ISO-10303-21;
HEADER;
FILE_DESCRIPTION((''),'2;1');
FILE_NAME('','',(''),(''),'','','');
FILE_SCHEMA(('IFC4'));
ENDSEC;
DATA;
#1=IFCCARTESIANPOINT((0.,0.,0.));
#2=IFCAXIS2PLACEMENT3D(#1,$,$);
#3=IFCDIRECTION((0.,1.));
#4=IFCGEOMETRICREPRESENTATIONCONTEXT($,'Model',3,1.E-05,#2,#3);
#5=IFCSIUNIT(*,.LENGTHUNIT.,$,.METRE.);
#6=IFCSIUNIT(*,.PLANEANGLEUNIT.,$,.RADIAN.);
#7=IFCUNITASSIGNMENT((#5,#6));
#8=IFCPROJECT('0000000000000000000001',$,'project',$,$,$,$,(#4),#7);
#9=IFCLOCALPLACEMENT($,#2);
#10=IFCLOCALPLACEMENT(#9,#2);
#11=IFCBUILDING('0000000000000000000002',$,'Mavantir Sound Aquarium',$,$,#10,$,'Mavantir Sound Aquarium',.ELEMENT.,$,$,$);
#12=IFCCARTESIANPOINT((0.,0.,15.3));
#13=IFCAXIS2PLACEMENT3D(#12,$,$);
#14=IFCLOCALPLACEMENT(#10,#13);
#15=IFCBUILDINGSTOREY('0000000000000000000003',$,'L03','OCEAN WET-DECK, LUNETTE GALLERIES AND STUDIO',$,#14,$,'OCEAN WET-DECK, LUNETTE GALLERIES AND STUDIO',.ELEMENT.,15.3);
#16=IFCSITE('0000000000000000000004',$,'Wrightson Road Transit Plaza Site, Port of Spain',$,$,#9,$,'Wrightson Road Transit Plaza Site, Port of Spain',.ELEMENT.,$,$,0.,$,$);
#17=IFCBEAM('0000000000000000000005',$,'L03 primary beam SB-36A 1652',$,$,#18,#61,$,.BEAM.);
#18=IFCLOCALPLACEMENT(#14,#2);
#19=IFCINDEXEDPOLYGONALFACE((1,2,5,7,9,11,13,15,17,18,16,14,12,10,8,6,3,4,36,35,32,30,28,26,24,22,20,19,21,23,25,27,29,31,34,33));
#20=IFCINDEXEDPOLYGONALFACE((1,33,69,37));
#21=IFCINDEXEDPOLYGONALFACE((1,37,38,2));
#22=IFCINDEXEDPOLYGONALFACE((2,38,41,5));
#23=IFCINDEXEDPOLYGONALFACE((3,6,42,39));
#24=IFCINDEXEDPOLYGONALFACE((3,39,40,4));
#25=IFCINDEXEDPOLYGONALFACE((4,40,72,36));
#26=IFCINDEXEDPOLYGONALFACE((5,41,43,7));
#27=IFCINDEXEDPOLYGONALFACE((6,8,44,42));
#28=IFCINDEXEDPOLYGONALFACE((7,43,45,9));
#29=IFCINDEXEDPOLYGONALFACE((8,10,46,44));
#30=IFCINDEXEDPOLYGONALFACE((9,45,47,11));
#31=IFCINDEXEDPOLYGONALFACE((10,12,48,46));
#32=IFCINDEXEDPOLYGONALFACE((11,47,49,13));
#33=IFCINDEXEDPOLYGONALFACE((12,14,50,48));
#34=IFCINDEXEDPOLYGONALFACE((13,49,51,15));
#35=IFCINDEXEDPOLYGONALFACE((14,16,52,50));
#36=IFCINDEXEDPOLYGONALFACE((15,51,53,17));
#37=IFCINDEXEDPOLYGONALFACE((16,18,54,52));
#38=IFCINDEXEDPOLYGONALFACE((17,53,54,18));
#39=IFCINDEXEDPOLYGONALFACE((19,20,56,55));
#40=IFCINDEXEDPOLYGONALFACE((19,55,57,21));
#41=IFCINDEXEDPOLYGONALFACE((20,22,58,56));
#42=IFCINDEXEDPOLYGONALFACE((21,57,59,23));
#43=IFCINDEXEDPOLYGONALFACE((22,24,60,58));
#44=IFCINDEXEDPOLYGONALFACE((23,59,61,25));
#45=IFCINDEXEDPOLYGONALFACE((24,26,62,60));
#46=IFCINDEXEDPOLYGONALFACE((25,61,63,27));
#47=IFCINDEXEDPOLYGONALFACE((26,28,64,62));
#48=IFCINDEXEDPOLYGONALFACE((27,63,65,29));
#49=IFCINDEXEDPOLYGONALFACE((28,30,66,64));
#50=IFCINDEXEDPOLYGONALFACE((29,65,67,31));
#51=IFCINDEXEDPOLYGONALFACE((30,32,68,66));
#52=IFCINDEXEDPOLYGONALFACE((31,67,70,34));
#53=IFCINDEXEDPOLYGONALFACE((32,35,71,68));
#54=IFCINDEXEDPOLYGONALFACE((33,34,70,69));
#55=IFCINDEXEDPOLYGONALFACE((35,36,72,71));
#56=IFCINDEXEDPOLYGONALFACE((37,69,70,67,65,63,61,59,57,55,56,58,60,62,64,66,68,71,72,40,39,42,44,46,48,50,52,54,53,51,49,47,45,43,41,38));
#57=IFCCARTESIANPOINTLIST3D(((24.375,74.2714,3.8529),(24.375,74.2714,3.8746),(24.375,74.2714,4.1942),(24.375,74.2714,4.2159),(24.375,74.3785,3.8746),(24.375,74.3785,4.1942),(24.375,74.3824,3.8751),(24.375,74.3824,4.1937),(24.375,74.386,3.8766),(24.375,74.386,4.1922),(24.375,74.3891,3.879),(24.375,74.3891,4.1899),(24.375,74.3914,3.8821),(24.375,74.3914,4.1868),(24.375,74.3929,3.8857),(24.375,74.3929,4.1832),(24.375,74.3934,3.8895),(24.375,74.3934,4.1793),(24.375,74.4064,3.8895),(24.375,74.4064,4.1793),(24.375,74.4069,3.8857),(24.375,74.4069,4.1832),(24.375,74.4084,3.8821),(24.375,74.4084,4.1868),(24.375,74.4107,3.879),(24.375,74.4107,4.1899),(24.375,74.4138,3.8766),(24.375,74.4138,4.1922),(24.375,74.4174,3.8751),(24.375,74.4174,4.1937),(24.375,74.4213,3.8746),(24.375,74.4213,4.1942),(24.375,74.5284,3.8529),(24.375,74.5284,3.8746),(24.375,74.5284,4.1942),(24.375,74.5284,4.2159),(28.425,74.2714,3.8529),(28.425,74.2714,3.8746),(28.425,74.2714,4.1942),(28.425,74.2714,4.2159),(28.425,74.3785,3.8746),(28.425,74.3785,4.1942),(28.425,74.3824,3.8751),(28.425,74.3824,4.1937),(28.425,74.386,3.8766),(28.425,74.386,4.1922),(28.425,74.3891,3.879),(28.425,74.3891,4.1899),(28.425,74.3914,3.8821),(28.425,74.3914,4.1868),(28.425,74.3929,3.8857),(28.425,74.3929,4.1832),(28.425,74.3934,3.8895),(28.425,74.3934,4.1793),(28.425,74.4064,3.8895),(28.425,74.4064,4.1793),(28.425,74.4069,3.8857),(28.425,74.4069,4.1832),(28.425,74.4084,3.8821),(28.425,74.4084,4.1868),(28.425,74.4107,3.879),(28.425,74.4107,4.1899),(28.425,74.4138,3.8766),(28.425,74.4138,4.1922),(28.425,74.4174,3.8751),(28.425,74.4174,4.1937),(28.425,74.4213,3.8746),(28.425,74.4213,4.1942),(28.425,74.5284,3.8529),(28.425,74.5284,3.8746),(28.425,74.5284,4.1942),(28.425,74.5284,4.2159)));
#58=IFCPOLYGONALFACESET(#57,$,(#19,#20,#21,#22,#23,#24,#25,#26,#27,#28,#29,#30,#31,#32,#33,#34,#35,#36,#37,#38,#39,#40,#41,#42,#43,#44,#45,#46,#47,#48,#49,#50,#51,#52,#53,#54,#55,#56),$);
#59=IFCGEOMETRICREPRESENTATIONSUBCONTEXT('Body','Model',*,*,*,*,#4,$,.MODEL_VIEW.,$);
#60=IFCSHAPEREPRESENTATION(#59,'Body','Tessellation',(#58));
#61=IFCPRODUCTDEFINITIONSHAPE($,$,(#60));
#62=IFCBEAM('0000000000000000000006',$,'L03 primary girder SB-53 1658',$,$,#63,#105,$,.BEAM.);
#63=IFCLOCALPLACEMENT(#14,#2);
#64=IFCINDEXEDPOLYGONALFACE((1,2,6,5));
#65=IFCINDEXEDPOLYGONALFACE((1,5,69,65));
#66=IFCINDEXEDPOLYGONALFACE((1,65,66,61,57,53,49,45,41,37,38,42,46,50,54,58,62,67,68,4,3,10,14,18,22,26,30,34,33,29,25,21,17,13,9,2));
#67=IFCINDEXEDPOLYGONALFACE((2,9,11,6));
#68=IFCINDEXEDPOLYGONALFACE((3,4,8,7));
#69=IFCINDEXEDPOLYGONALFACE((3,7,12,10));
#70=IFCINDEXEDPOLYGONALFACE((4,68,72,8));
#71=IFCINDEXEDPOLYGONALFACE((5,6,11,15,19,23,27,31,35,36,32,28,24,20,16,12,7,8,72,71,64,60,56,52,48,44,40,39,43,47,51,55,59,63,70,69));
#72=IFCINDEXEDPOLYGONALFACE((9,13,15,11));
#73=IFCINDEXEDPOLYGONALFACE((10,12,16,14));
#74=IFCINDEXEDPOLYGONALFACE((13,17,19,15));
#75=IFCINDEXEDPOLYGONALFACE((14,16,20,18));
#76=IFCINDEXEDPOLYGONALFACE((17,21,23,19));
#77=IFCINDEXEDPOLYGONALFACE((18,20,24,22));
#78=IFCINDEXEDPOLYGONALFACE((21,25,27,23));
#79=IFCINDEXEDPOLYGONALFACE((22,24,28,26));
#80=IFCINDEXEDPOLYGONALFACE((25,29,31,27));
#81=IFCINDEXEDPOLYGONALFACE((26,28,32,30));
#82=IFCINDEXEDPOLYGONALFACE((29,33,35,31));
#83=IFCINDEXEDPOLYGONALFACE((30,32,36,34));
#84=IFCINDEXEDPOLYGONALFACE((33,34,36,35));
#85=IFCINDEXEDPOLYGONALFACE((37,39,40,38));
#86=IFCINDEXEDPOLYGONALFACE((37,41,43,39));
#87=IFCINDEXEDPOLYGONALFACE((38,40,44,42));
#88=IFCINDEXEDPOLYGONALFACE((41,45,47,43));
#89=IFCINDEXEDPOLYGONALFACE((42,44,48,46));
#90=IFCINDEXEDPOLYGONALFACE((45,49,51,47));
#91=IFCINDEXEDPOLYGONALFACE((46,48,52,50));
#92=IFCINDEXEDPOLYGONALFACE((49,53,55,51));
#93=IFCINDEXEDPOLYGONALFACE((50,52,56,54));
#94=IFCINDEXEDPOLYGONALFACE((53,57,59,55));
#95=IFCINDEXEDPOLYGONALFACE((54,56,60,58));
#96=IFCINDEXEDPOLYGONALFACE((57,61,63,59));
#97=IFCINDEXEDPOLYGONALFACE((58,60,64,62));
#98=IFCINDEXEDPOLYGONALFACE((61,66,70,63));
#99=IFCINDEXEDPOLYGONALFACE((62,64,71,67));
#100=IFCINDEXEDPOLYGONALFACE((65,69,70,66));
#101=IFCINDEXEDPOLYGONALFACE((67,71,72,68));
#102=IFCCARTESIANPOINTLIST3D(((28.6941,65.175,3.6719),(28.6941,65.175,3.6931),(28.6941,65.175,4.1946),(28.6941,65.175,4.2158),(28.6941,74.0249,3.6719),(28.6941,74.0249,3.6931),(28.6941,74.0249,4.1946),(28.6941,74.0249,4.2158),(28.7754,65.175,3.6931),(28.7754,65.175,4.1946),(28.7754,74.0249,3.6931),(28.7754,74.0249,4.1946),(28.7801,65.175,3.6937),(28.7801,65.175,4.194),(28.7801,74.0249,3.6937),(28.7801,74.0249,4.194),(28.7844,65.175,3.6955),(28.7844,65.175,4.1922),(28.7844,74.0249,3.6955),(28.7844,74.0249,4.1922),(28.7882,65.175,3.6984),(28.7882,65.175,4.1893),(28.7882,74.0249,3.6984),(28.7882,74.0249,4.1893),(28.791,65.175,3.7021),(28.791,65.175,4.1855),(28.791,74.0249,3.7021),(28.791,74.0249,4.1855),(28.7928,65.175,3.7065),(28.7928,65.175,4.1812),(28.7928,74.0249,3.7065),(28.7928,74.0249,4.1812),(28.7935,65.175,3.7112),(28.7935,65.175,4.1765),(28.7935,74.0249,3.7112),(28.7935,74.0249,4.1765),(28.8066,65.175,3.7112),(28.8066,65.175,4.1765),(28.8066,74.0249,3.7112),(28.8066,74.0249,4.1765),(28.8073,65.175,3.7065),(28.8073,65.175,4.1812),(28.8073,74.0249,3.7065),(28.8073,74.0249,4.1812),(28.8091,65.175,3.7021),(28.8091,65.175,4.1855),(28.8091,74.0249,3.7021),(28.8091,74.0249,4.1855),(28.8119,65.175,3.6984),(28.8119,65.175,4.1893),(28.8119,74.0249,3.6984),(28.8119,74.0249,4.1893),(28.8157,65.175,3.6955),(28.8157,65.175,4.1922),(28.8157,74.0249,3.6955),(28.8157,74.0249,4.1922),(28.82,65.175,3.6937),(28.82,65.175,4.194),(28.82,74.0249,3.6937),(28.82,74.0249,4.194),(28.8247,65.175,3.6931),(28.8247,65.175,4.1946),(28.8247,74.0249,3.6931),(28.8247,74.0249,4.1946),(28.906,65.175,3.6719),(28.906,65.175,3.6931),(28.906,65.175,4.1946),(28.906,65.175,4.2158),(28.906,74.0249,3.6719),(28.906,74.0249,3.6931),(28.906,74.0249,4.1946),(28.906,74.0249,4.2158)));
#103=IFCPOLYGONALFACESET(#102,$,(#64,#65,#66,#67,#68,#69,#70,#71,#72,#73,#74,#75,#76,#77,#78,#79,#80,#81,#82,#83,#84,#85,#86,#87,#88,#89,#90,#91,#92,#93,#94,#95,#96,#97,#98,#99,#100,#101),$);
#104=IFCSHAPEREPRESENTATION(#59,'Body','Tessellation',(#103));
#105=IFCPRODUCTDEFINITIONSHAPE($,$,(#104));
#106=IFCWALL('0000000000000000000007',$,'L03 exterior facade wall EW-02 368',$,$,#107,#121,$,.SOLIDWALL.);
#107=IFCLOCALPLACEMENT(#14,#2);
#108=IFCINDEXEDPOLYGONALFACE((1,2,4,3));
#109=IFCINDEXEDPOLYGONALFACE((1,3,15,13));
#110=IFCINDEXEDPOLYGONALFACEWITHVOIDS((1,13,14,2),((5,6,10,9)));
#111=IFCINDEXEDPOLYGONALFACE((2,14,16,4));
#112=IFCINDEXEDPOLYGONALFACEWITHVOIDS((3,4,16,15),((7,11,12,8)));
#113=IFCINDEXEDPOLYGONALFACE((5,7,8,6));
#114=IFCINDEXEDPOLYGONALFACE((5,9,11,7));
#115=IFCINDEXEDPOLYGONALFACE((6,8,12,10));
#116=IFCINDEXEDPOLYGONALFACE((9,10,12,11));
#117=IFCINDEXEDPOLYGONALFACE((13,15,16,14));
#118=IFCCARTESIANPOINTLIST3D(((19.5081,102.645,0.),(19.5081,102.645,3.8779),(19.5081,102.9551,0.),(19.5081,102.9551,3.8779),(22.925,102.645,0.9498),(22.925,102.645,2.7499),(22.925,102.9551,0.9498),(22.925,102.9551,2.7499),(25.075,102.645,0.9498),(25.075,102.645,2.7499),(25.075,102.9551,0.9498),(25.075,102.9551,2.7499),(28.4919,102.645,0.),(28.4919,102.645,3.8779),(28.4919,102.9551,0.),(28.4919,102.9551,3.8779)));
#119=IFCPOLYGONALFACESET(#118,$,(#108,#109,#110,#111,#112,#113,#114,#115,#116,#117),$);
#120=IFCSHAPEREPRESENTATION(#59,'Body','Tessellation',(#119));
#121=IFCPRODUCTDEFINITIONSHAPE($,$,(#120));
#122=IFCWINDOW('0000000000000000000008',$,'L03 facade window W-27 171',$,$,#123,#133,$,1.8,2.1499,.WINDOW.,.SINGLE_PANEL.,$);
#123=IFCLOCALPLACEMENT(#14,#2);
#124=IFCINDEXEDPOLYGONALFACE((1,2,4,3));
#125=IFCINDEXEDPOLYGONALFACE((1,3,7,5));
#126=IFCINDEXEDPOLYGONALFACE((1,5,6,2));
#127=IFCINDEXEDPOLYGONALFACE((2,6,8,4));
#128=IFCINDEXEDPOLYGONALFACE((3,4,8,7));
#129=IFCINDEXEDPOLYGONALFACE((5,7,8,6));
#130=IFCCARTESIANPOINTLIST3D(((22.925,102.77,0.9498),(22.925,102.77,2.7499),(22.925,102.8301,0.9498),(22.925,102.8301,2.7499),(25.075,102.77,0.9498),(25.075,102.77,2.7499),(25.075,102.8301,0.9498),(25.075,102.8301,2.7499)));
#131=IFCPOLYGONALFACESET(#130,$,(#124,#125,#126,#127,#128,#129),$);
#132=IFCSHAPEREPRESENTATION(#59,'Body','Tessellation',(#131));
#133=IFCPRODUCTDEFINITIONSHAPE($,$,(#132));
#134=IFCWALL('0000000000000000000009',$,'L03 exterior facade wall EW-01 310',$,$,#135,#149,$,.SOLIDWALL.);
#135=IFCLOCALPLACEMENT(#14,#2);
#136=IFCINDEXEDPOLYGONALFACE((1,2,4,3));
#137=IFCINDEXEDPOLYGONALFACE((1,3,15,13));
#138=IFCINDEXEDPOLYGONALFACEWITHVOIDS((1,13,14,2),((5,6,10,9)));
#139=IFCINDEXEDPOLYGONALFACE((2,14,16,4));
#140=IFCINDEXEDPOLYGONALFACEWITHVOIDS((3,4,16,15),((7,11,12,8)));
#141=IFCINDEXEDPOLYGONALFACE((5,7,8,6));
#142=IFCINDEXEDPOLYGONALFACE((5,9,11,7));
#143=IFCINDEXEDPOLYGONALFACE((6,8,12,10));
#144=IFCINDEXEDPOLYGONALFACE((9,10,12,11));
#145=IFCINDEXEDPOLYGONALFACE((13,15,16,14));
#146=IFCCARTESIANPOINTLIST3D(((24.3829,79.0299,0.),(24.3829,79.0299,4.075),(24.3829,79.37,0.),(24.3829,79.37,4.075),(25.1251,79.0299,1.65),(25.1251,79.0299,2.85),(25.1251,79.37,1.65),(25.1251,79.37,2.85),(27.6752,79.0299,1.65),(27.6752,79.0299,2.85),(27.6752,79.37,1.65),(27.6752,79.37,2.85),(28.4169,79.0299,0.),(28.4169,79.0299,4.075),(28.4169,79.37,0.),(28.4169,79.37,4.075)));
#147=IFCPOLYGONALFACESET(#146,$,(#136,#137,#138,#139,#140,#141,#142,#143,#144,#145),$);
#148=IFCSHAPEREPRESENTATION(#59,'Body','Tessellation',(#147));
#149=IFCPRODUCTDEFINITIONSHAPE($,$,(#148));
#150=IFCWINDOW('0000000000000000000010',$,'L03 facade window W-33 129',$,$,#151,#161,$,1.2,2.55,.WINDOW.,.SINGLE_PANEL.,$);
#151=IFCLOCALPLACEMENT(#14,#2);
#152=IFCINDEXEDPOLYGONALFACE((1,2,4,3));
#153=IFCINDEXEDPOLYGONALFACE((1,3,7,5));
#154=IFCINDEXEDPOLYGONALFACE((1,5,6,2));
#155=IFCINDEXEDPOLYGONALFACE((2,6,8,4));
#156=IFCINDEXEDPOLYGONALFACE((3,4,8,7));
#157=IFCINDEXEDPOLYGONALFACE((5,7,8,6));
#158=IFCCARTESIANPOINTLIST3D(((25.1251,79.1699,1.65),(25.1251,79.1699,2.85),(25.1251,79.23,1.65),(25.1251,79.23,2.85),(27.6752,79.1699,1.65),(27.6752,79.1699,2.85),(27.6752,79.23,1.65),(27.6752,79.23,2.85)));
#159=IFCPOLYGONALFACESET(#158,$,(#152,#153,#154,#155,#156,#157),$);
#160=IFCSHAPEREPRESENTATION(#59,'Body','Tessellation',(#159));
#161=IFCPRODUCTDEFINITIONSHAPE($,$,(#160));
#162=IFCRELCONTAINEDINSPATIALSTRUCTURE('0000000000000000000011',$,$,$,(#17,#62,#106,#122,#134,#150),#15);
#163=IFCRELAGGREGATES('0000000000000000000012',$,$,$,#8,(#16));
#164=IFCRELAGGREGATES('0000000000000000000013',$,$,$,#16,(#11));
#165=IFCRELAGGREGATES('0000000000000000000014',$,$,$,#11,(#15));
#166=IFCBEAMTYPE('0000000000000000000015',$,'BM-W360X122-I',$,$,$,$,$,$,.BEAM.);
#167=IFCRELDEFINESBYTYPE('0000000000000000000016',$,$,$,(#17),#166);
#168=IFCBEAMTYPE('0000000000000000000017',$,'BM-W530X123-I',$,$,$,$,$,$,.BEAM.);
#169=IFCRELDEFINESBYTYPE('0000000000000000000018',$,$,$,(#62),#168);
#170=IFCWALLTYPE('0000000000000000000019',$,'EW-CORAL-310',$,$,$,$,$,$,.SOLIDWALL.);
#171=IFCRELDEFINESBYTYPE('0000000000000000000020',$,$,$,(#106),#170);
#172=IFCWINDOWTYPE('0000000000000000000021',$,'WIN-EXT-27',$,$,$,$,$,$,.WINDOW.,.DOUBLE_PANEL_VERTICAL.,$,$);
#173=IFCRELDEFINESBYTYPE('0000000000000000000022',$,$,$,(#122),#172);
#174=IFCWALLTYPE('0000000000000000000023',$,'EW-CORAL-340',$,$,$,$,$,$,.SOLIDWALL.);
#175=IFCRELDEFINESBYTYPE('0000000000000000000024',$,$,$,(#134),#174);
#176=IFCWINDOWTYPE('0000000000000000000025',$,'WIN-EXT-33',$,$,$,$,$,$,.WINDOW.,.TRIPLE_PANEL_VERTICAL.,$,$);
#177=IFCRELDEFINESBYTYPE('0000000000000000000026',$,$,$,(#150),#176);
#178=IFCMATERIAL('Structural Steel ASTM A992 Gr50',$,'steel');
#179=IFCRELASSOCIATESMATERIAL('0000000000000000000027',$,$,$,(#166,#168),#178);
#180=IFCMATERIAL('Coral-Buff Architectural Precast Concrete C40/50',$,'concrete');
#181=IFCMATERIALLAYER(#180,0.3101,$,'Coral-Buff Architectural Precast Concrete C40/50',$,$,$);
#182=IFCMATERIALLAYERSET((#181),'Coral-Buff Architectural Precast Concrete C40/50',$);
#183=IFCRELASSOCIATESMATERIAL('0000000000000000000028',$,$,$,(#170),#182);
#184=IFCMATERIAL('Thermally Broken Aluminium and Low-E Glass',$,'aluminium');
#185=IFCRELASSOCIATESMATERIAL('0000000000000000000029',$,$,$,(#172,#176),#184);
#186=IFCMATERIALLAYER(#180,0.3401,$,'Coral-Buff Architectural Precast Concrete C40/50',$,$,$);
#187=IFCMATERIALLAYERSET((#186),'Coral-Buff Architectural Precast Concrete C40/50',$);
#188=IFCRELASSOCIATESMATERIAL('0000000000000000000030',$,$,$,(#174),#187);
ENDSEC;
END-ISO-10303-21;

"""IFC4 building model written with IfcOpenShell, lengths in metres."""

from ifc_helpers import new_model, si_unit, direction, frame, frame_2d, origin, origin_2d, place, context, subcontext, project, spatial, rectangle, i_section, extrude, material, layer, layer_set, material_profile, profile_set, type_object, element, fill, save


model = new_model("IFC4")

# Units and contexts
model_context = context("Model", 3, precision=1e-05, world=origin(), true_north=direction((0.0, 1.0)))
body_context = subcontext(model_context, "Body", "Model", "MODEL_VIEW")
ifc_project = project(units=[si_unit("LENGTHUNIT", "METRE"), si_unit("PLANEANGLEUNIT", "RADIAN")], contexts=[model_context])

# Site, building, storey
site_placement = place(None, origin())
site = spatial("IfcSite", under=ifc_project, at=site_placement, Name="Wrightson Road Transit Plaza Site, Port of Spain", LongName="Wrightson Road Transit Plaza Site, Port of Spain", CompositionType="ELEMENT", RefElevation=0.0)
building_placement = place(site_placement, origin())
building = spatial("IfcBuilding", under=site, at=building_placement, Name="Mavantir Sound Aquarium", LongName="Mavantir Sound Aquarium", CompositionType="ELEMENT")
storey_placement = place(building_placement, frame((0.0, 0.0, 15.3)))
storey = spatial("IfcBuildingStorey", under=building, at=storey_placement, Name="L03", Description="OCEAN WET-DECK, LUNETTE GALLERIES AND STUDIO", LongName="OCEAN WET-DECK, LUNETTE GALLERIES AND STUDIO", CompositionType="ELEMENT", Elevation=15.3)

# Beams
ifc_material_1 = material(Name="Structural Steel ASTM A992 Gr50", Category="steel")
ifc_material_profile_1 = material_profile(ifc_material_1, i_section(OverallWidth=0.2571, OverallDepth=0.363, WebThickness=0.0129, FlangeThickness=0.0217, FilletRadius=0.0149, at=origin_2d()), Name="W360X122")
ifc_profile_set_1 = profile_set([ifc_material_profile_1], Name="Structural Steel ASTM A992 Gr50")
beam_type_1 = type_object("IfcBeamType", Name="BM-W360X122-I", PredefinedType="BEAM", material=ifc_profile_set_1)
beam_1_placement = place(storey_placement, frame((24.375, 74.3999, 4.0344), z_axis=(1.0, 0.0, 0.0), x_axis=(0.0, 1.0, 0.0)))
element("IfcBeam", 1, at=beam_1_placement, inside=storey, type_object=beam_type_1, Name="L03 primary beam SB-36A 1652", PredefinedType="BEAM", context=body_context, shape_type="SweptSolid", body=[
    extrude(i_section(OverallWidth=0.2571, OverallDepth=0.363, WebThickness=0.0129, FlangeThickness=0.0217, FilletRadius=0.0149, at=origin_2d()), origin(), (0.0, 0.0, 1.0), 4.05),
])
ifc_material_profile_2 = material_profile(ifc_material_1, i_section(OverallWidth=0.2119, OverallDepth=0.5439, WebThickness=0.0132, FlangeThickness=0.0212, FilletRadius=0.0181, at=origin_2d()), Name="W530X123")
ifc_profile_set_2 = profile_set([ifc_material_profile_2], Name="Structural Steel ASTM A992 Gr50")
beam_type_2 = type_object("IfcBeamType", Name="BM-W530X123-I", PredefinedType="BEAM", material=ifc_profile_set_2)
beam_2_placement = place(storey_placement, frame((28.8, 65.175, 3.9438), z_axis=(0.0, 1.0, 0.0), x_axis=(-1.0, 0.0, 0.0)))
element("IfcBeam", 2, at=beam_2_placement, inside=storey, type_object=beam_type_2, Name="L03 primary girder SB-53 1658", PredefinedType="BEAM", context=body_context, shape_type="SweptSolid", body=[
    extrude(i_section(OverallWidth=0.2119, OverallDepth=0.5439, WebThickness=0.0132, FlangeThickness=0.0212, FilletRadius=0.0181, at=origin_2d()), origin(), (0.0, 0.0, 1.0), 8.8499),
])

# Walls, openings, windows
ifc_material_2 = material(Name="Coral-Buff Architectural Precast Concrete C40/50", Category="concrete")
ifc_layer_1 = layer(ifc_material_2, 0.3101, Name="Coral-Buff Architectural Precast Concrete C40/50")
ifc_layer_set_1 = layer_set([ifc_layer_1], Name="Coral-Buff Architectural Precast Concrete C40/50")
wall_type_1 = type_object("IfcWallType", Name="EW-CORAL-310", PredefinedType="SOLIDWALL", material=ifc_layer_set_1)
wall_1_placement = place(storey_placement, frame((28.4919, 102.8, 0.0), z_axis=(0.0, 0.0, 1.0), x_axis=(-1.0, 0.0, 0.0)))
wall_1 = element("IfcWall", 3, at=wall_1_placement, inside=storey, type_object=wall_type_1, Name="L03 exterior facade wall EW-02 368", PredefinedType="SOLIDWALL", context=body_context, shape_type="SweptSolid", body=[
    extrude(rectangle(XDim=8.9839, YDim=0.3101, at=frame_2d((4.4919, 0.0))), origin(), (0.0, 0.0, 1.0), 3.8779),
])
opening_1_placement = place(wall_1_placement, frame((3.417, 0.0, 0.95)))
opening_1 = element("IfcOpeningElement", 4, at=opening_1_placement, cuts=wall_1, PredefinedType="OPENING", context=body_context, shape_type="SweptSolid", body=[
    extrude(rectangle(XDim=2.1499, YDim=1.8, at=frame_2d((1.075, 0.8999))), frame((0.0, 0.165, 0.0), z_axis=(0.0, -1.0, 0.0), x_axis=(1.0, 0.0, 0.0)), (0.0, 0.0, 1.0), 0.3301),
])
ifc_material_3 = material(Name="Thermally Broken Aluminium and Low-E Glass", Category="aluminium")
window_type_1 = type_object("IfcWindowType", Name="WIN-EXT-27", PartitioningType="DOUBLE_PANEL_VERTICAL", PredefinedType="WINDOW", material=ifc_material_3)
window_1_placement = place(opening_1_placement, origin())
window_1 = element("IfcWindow", 5, at=window_1_placement, inside=storey, type_object=window_type_1, Name="L03 facade window W-27 171", OverallHeight=1.8, OverallWidth=2.1499, PartitioningType="SINGLE_PANEL", PredefinedType="WINDOW", context=body_context, shape_type="SweptSolid", body=[
    extrude(rectangle(XDim=2.1499, YDim=1.8, at=frame_2d((1.075, 0.8999))), frame((0.0, 0.03, 0.0), z_axis=(0.0, -1.0, 0.0), x_axis=(1.0, 0.0, 0.0)), (0.0, 0.0, 1.0), 0.0601),
])
fill(opening_1, window_1)
ifc_layer_2 = layer(ifc_material_2, 0.3401, Name="Coral-Buff Architectural Precast Concrete C40/50")
ifc_layer_set_2 = layer_set([ifc_layer_2], Name="Coral-Buff Architectural Precast Concrete C40/50")
wall_type_2 = type_object("IfcWallType", Name="EW-CORAL-340", PredefinedType="SOLIDWALL", material=ifc_layer_set_2)
wall_2_placement = place(storey_placement, frame((28.417, 79.2, 0.0), z_axis=(0.0, 0.0, 1.0), x_axis=(-1.0, 0.0, 0.0)))
wall_2 = element("IfcWall", 6, at=wall_2_placement, inside=storey, type_object=wall_type_2, Name="L03 exterior facade wall EW-01 310", PredefinedType="SOLIDWALL", context=body_context, shape_type="SweptSolid", body=[
    extrude(rectangle(XDim=4.0339, YDim=0.3401, at=frame_2d((2.0171, 0.0))), origin(), (0.0, 0.0, 1.0), 4.075),
])
opening_2_placement = place(wall_2_placement, frame((0.7419, 0.0, 1.6499)))
opening_2 = element("IfcOpeningElement", 7, at=opening_2_placement, cuts=wall_2, PredefinedType="OPENING", context=body_context, shape_type="SweptSolid", body=[
    extrude(rectangle(XDim=2.55, YDim=1.2, at=frame_2d((1.2749, 0.6001))), frame((0.0, 0.1802, 0.0), z_axis=(0.0, -1.0, 0.0), x_axis=(1.0, 0.0, 0.0)), (0.0, 0.0, 1.0), 0.3601),
])
window_type_2 = type_object("IfcWindowType", Name="WIN-EXT-33", PartitioningType="TRIPLE_PANEL_VERTICAL", PredefinedType="WINDOW", material=ifc_material_3)
window_2_placement = place(opening_2_placement, origin())
window_2 = element("IfcWindow", 8, at=window_2_placement, inside=storey, type_object=window_type_2, Name="L03 facade window W-33 129", OverallHeight=1.2, OverallWidth=2.55, PartitioningType="SINGLE_PANEL", PredefinedType="WINDOW", context=body_context, shape_type="SweptSolid", body=[
    extrude(rectangle(XDim=2.55, YDim=1.2, at=frame_2d((1.2749, 0.6001))), frame((0.0, 0.03, 0.0), z_axis=(0.0, -1.0, 0.0), x_axis=(1.0, 0.0, 0.0)), (0.0, 0.0, 1.0), 0.0601),
])
fill(opening_2, window_2)

save(model, "model.ifc")
